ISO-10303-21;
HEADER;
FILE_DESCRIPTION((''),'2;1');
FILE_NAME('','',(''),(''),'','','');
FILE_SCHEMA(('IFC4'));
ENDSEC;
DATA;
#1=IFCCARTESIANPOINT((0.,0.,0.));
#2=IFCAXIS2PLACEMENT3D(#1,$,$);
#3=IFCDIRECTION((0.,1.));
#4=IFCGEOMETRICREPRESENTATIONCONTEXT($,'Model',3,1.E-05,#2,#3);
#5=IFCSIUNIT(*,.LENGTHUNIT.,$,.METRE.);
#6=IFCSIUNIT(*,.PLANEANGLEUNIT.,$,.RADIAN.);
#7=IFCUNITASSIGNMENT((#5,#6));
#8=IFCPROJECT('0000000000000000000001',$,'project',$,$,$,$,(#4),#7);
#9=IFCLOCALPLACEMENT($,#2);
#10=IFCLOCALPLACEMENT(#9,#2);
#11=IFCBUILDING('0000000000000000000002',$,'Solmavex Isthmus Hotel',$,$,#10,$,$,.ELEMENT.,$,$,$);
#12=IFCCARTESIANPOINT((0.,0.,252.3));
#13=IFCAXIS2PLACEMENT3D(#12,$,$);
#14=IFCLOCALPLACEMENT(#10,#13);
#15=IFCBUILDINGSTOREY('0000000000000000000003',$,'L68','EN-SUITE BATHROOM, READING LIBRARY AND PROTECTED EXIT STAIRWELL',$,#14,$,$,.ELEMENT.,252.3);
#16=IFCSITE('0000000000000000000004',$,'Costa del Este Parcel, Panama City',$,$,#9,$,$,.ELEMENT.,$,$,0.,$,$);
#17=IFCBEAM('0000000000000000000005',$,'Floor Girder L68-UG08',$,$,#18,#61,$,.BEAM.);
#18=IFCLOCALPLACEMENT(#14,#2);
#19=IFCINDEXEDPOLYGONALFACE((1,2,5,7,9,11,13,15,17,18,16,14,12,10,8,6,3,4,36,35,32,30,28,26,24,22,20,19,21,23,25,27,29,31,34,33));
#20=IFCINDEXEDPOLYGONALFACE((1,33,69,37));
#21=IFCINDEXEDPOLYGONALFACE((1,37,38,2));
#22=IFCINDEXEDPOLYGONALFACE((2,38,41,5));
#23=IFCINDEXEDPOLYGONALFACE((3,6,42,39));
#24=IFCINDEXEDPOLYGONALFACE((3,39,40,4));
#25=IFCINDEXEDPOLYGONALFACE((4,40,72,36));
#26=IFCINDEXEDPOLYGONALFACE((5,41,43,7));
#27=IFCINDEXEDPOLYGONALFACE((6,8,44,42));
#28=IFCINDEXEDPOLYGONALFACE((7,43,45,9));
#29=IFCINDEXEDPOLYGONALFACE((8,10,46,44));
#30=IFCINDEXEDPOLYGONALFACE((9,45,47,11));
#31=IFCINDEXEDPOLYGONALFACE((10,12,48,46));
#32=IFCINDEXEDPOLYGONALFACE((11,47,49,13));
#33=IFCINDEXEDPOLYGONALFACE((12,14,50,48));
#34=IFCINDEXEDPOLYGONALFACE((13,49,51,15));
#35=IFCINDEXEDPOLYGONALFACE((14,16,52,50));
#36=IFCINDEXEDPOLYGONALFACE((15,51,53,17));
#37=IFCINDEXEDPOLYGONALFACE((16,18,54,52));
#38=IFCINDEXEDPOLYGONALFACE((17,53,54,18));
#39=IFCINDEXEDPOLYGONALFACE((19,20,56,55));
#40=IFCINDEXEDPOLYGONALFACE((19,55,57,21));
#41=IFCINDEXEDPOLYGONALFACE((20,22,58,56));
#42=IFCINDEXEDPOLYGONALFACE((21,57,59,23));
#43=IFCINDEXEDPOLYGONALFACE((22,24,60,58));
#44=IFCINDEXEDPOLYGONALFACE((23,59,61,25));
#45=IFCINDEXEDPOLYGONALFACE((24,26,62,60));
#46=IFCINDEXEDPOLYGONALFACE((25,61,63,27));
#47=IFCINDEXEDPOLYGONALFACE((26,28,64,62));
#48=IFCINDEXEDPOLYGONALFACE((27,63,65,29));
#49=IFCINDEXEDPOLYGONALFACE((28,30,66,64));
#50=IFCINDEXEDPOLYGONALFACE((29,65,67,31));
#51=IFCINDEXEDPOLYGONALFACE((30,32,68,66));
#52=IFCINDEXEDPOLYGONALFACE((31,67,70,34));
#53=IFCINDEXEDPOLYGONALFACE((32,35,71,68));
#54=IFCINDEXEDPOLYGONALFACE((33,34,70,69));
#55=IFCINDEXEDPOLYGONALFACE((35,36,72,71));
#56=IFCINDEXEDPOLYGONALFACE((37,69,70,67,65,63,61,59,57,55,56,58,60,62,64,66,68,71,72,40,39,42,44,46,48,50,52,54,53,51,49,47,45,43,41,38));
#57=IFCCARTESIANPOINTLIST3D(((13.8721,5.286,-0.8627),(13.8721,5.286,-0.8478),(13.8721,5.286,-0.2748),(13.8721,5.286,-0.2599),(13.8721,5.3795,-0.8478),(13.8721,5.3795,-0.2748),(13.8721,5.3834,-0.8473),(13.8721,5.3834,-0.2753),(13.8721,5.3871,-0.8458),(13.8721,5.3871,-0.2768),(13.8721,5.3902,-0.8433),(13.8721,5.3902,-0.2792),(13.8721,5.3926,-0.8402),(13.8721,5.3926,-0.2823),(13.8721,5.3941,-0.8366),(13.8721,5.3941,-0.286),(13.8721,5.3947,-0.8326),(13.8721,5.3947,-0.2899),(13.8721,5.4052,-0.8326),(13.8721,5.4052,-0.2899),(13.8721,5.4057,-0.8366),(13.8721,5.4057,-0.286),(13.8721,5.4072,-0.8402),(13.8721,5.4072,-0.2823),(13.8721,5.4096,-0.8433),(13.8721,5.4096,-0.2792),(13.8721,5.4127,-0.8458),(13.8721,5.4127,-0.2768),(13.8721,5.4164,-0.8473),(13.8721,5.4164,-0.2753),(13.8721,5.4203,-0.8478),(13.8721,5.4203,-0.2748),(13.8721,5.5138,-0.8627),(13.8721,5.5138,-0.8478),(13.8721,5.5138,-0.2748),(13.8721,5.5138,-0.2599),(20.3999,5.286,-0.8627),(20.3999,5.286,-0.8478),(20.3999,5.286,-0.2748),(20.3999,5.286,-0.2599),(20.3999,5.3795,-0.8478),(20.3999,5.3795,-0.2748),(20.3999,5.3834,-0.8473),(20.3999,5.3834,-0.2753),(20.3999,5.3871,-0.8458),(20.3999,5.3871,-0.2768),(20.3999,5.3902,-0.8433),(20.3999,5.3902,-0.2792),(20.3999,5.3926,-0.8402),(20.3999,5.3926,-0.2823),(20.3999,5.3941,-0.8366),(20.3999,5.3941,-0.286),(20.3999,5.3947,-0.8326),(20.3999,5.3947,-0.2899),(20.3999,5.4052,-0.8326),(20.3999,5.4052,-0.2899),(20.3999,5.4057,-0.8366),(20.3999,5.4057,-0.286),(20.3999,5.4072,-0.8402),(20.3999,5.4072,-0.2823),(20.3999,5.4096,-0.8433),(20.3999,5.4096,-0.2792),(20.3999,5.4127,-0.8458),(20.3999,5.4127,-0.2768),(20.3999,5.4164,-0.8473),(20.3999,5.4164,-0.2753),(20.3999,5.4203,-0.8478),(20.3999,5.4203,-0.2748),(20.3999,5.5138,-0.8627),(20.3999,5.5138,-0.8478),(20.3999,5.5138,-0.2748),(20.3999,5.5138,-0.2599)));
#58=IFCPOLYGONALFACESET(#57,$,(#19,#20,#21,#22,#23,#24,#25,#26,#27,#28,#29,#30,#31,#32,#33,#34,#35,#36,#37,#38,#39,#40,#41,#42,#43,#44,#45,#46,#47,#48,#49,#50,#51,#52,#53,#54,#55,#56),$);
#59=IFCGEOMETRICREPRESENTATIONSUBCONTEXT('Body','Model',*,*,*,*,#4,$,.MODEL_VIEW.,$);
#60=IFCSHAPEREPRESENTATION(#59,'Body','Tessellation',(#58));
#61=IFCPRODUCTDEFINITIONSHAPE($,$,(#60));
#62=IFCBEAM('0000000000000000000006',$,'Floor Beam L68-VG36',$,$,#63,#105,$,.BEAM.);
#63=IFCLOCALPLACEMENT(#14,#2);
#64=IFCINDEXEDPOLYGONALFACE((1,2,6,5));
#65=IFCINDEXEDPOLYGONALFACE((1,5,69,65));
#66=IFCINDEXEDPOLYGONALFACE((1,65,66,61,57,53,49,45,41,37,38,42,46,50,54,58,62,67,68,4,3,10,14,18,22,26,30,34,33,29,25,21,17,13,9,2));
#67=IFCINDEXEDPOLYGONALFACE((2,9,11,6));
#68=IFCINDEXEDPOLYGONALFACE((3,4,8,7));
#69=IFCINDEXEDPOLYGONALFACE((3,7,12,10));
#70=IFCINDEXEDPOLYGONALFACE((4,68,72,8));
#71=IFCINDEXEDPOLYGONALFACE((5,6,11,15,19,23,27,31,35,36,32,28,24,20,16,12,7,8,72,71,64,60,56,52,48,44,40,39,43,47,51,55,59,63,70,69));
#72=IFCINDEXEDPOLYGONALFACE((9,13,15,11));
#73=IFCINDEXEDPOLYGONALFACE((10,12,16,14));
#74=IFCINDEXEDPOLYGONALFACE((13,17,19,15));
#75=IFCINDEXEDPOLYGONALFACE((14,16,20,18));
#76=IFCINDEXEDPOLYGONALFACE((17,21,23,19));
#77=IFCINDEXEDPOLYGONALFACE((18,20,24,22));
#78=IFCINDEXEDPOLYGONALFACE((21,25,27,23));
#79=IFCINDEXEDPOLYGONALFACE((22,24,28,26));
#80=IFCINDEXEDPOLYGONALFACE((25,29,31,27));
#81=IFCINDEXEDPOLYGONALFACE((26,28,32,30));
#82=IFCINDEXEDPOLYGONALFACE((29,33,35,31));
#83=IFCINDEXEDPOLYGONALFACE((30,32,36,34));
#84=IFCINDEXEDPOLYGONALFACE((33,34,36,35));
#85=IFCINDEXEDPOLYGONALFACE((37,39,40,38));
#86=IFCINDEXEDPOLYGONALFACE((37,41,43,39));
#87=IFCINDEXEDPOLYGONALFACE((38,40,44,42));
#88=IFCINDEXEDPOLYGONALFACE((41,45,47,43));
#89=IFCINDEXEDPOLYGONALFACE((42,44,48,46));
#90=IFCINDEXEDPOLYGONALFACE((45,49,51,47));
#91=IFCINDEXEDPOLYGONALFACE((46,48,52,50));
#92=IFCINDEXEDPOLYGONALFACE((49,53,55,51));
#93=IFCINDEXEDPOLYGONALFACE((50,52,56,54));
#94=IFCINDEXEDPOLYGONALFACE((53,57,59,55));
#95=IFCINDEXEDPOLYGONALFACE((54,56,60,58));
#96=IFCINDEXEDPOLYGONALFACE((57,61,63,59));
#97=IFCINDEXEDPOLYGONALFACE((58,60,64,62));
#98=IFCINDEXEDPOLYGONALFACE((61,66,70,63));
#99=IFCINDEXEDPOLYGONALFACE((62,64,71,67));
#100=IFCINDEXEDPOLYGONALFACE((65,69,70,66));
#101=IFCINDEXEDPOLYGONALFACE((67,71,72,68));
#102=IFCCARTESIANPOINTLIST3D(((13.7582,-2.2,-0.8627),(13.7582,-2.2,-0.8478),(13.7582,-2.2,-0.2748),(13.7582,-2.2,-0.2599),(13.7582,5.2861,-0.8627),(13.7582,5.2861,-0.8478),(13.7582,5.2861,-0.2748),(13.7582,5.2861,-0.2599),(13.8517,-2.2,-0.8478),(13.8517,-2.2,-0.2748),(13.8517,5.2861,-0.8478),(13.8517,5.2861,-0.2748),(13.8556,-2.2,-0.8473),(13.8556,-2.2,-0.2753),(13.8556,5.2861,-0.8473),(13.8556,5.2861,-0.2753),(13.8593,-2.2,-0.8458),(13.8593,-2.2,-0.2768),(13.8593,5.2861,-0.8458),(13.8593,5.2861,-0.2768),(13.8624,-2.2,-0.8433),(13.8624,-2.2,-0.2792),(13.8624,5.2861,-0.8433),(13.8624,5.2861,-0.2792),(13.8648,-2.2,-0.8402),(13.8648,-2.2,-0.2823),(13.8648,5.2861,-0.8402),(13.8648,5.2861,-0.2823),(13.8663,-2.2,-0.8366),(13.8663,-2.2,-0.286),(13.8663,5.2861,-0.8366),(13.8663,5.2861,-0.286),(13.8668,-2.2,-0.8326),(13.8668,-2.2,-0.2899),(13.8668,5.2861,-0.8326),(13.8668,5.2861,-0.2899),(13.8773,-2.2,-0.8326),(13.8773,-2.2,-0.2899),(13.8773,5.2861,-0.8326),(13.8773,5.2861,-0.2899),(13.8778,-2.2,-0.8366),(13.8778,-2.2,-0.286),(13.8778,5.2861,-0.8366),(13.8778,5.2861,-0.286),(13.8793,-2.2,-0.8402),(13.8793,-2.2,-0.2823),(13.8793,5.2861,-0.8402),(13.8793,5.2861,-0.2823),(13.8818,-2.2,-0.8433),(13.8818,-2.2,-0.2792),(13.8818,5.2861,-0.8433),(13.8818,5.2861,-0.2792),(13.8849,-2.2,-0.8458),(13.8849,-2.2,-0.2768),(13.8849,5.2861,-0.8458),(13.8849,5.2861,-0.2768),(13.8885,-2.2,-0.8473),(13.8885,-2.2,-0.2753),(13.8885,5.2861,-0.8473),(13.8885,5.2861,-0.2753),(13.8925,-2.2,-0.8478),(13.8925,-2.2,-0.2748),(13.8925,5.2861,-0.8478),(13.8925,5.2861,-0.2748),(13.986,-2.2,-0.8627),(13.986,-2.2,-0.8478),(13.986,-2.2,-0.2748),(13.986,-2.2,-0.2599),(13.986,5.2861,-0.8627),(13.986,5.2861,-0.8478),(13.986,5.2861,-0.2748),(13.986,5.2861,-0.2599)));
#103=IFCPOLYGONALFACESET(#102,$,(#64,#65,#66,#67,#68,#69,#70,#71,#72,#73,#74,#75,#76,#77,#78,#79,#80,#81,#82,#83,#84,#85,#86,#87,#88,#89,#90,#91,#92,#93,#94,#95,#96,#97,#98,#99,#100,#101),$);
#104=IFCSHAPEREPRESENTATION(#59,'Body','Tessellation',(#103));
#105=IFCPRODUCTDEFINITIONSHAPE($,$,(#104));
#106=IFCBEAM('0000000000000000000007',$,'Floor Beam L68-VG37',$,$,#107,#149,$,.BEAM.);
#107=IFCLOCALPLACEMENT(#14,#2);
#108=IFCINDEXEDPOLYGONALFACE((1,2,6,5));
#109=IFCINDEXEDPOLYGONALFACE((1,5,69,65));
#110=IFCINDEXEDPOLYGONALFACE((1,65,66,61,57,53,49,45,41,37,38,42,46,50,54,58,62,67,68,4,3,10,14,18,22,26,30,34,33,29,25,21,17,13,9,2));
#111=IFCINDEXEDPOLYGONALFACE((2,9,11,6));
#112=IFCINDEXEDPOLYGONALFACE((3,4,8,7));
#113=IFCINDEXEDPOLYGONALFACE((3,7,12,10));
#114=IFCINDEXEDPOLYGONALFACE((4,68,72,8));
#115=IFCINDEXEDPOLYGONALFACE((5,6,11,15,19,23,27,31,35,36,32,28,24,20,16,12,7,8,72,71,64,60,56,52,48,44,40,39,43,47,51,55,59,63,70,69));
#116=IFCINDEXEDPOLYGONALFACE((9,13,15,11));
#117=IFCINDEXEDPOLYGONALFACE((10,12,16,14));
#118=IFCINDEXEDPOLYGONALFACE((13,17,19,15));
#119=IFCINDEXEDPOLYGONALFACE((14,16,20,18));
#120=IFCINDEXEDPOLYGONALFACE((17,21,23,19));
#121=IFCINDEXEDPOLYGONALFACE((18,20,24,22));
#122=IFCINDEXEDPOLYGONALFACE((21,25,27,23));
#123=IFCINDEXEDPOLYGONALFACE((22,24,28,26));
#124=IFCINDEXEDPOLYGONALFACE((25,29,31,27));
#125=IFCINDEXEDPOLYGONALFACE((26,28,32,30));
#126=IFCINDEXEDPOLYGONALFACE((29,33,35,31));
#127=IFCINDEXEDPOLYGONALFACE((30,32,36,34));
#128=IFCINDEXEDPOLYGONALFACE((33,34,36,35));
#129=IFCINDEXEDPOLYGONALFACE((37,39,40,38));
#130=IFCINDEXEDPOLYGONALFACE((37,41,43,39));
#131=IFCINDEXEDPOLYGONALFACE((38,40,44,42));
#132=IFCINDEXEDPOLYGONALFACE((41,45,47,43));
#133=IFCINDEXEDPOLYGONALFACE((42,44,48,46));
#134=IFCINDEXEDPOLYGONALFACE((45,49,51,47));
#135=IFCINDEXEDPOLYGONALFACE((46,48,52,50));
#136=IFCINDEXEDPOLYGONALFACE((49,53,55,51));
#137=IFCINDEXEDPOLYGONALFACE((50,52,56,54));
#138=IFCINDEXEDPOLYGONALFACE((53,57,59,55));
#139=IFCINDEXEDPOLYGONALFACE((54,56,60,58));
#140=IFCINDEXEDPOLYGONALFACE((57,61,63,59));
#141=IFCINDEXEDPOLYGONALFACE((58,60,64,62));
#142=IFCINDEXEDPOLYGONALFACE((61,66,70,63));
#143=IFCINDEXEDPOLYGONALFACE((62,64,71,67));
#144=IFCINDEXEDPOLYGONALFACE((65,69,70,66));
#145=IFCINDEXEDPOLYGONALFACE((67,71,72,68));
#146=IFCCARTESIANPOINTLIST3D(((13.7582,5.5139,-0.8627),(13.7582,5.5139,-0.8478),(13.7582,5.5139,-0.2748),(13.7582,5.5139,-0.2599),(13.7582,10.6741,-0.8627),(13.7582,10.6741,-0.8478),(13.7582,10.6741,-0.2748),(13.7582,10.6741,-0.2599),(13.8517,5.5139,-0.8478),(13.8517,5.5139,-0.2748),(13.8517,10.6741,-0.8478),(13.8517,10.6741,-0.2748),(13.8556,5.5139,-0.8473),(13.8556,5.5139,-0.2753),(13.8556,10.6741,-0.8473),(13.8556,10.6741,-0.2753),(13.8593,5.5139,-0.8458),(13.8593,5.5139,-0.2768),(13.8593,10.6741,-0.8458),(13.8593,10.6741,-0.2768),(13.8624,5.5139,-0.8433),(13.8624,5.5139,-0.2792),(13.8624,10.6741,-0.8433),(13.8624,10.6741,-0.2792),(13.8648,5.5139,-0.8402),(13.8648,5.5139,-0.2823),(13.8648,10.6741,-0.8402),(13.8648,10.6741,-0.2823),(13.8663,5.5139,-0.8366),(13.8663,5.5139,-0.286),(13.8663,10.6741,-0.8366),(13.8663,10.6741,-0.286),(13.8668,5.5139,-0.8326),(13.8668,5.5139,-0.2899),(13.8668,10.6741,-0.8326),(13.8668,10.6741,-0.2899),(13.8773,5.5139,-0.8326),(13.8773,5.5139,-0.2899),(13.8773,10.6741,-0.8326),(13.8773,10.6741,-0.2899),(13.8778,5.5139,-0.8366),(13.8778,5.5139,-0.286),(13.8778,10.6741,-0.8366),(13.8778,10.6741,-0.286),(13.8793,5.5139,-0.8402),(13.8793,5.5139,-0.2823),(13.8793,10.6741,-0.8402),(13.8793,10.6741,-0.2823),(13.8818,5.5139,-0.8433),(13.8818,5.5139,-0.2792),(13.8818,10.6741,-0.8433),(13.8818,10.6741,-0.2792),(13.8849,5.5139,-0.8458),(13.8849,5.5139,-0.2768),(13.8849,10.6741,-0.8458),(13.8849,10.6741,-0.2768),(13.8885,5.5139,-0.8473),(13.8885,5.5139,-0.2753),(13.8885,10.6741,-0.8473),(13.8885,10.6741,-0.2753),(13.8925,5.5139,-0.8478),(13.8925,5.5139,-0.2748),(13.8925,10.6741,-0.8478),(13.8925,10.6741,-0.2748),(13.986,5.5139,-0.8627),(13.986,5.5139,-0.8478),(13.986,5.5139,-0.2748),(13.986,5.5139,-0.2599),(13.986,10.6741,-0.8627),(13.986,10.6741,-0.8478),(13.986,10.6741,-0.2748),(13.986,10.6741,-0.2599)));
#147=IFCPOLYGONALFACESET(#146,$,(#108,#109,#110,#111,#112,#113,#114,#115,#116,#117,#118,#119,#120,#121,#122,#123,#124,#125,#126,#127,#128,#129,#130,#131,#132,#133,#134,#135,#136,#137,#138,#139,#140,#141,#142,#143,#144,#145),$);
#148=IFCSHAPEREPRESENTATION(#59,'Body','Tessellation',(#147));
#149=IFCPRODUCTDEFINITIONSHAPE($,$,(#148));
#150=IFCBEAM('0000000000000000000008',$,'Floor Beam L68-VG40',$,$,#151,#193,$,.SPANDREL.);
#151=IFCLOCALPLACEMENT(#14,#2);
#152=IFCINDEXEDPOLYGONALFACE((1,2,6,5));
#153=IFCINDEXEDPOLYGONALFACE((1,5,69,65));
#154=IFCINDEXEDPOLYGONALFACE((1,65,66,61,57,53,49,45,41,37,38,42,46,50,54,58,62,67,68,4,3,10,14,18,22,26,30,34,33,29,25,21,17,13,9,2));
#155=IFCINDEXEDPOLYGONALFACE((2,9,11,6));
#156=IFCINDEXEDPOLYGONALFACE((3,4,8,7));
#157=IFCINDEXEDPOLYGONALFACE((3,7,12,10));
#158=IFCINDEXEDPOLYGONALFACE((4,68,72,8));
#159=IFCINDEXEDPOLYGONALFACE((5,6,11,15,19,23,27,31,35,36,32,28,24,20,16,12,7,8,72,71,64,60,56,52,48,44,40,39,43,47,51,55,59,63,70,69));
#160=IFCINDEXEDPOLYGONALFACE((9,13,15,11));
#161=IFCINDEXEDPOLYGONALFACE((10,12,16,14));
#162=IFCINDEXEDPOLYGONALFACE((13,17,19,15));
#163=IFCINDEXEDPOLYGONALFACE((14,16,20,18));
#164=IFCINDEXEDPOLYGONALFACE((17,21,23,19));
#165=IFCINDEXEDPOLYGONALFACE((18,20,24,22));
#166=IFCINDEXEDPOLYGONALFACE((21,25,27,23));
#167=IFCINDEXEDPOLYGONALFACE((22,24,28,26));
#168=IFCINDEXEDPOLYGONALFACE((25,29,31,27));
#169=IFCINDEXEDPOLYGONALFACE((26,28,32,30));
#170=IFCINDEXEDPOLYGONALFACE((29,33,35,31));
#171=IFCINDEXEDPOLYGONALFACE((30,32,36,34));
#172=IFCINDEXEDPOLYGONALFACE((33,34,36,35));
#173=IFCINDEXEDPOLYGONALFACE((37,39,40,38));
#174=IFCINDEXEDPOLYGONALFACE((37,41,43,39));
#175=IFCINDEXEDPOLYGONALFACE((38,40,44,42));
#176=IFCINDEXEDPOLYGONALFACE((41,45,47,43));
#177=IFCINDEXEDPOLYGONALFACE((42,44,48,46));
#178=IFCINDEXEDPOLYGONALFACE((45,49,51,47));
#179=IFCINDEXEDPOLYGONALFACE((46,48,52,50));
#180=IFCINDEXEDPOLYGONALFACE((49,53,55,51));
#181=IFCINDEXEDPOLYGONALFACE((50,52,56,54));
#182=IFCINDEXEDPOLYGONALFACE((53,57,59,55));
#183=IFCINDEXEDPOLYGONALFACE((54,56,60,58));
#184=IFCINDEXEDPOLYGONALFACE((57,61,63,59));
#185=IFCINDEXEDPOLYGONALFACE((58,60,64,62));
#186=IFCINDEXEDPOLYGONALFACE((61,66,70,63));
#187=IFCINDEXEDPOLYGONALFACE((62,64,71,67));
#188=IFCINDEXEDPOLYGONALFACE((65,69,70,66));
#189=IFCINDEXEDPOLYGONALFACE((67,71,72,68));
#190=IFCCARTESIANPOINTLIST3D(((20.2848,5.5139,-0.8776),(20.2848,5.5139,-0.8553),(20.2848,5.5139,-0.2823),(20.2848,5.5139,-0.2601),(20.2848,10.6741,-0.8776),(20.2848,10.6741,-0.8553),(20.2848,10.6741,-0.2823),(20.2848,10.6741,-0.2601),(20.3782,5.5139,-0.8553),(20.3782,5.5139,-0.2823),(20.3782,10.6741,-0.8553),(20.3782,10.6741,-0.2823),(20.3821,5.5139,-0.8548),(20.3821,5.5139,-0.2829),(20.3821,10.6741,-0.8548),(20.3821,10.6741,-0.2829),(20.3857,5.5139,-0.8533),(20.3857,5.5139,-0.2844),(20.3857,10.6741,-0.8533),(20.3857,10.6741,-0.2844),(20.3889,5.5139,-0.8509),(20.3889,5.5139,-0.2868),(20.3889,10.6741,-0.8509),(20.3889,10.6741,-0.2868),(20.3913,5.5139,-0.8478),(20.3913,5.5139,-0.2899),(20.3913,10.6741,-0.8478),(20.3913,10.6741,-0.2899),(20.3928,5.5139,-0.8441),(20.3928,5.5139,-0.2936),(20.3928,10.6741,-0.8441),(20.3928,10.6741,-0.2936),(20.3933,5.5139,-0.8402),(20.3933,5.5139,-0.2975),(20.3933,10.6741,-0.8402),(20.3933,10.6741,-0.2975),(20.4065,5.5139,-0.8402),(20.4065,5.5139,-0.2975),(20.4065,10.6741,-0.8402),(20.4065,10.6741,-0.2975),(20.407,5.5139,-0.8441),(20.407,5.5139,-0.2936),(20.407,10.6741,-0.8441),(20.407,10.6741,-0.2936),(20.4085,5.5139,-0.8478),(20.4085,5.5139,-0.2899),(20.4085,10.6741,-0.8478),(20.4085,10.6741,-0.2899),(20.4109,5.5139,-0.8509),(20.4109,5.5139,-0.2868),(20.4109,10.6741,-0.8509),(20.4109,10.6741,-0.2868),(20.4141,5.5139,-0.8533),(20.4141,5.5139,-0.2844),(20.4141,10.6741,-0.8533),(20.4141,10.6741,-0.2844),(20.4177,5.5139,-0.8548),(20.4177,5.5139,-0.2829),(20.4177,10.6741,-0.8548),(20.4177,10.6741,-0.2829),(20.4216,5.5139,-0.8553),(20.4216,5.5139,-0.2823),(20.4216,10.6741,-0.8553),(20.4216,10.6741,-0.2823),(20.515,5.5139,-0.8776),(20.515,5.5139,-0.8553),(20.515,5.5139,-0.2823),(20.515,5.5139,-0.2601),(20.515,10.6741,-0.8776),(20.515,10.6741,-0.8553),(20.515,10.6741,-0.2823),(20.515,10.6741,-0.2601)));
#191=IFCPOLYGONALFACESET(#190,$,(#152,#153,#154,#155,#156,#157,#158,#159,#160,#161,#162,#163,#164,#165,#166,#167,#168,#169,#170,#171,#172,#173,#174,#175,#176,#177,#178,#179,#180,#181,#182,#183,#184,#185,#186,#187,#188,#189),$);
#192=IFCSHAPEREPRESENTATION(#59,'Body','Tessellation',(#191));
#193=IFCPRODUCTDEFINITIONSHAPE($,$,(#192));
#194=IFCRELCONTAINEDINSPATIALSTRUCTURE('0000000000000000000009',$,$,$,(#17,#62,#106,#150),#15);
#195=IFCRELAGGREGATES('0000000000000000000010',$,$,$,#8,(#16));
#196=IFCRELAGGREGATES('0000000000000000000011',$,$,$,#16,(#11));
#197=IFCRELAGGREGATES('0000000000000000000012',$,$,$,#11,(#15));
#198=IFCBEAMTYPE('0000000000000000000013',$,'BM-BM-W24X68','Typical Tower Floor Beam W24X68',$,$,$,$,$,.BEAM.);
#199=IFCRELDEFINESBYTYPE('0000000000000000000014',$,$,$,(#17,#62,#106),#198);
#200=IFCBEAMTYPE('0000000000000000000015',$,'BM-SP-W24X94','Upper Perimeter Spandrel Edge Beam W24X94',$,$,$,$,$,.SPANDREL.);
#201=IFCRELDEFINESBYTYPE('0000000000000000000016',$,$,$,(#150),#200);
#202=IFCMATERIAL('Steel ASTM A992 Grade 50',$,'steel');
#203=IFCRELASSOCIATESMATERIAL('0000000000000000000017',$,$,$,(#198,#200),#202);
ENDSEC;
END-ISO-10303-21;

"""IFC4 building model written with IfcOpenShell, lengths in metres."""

from ifc_helpers import new_model, si_unit, direction, frame, origin, origin_2d, place, context, subcontext, project, spatial, i_section, extrude, material, material_profile, profile_set, type_object, element, save


model = new_model("IFC4")

# Units and contexts
model_context = context("Model", 3, precision=1e-05, world=origin(), true_north=direction((0.0, 1.0)))
body_context = subcontext(model_context, "Body", "Model", "MODEL_VIEW")
ifc_project = project(units=[si_unit("LENGTHUNIT", "METRE"), si_unit("PLANEANGLEUNIT", "RADIAN")], contexts=[model_context])

# Site, building, storey
site_placement = place(None, origin())
site = spatial("IfcSite", under=ifc_project, at=site_placement, Name="Costa del Este Parcel, Panama City", CompositionType="ELEMENT", RefElevation=0.0)
building_placement = place(site_placement, origin())
building = spatial("IfcBuilding", under=site, at=building_placement, Name="Solmavex Isthmus Hotel", CompositionType="ELEMENT")
storey_placement = place(building_placement, frame((0.0, 0.0, 252.3)))
storey = spatial("IfcBuildingStorey", under=building, at=storey_placement, Name="L68", Description="EN-SUITE BATHROOM, READING LIBRARY AND PROTECTED EXIT STAIRWELL", CompositionType="ELEMENT", Elevation=252.3)

# Beams
ifc_material_1 = material(Name="Steel ASTM A992 Grade 50", Category="steel")
ifc_material_profile_1 = material_profile(ifc_material_1, i_section(OverallWidth=0.2278, OverallDepth=0.6028, WebThickness=0.0105, FlangeThickness=0.0149, FilletRadius=0.0151, at=origin_2d()), Name="W24X68")
ifc_profile_set_1 = profile_set([ifc_material_profile_1], Name="Steel ASTM A992 Grade 50")
beam_type_1 = type_object("IfcBeamType", Name="BM-BM-W24X68", Description="Typical Tower Floor Beam W24X68", PredefinedType="BEAM", material=ifc_profile_set_1)
beam_1_placement = place(storey_placement, frame((13.8721, 5.3999, -0.5613), z_axis=(1.0, 0.0, 0.0), x_axis=(0.0, 1.0, 0.0)))
element("IfcBeam", 1, at=beam_1_placement, inside=storey, type_object=beam_type_1, Name="Floor Girder L68-UG08", PredefinedType="BEAM", context=body_context, shape_type="SweptSolid", body=[
    extrude(i_section(OverallWidth=0.2278, OverallDepth=0.6028, WebThickness=0.0105, FlangeThickness=0.0149, FilletRadius=0.0151, at=origin_2d()), origin(), (0.0, 0.0, 1.0), 6.5278),
])
beam_2_placement = place(storey_placement, frame((13.8721, -2.2, -0.5613), z_axis=(0.0, 1.0, 0.0), x_axis=(-1.0, 0.0, 0.0)))
element("IfcBeam", 2, at=beam_2_placement, inside=storey, type_object=beam_type_1, Name="Floor Beam L68-VG36", PredefinedType="BEAM", context=body_context, shape_type="SweptSolid", body=[
    extrude(i_section(OverallWidth=0.2278, OverallDepth=0.6028, WebThickness=0.0105, FlangeThickness=0.0149, FilletRadius=0.0151, at=origin_2d()), origin(), (0.0, 0.0, 1.0), 7.4861),
])
beam_3_placement = place(storey_placement, frame((13.8721, 5.5139, -0.5613), z_axis=(0.0, 1.0, 0.0), x_axis=(-1.0, 0.0, 0.0)))
element("IfcBeam", 3, at=beam_3_placement, inside=storey, type_object=beam_type_1, Name="Floor Beam L68-VG37", PredefinedType="BEAM", context=body_context, shape_type="SweptSolid", body=[
    extrude(i_section(OverallWidth=0.2278, OverallDepth=0.6028, WebThickness=0.0105, FlangeThickness=0.0149, FilletRadius=0.0151, at=origin_2d()), origin(), (0.0, 0.0, 1.0), 5.1602),
])
ifc_material_profile_2 = material_profile(ifc_material_1, i_section(OverallWidth=0.2302, OverallDepth=0.6174, WebThickness=0.0132, FlangeThickness=0.0222, FilletRadius=0.0151, at=origin_2d()), Name="W24X94")
ifc_profile_set_2 = profile_set([ifc_material_profile_2], Name="Steel ASTM A992 Grade 50")
beam_type_2 = type_object("IfcBeamType", Name="BM-SP-W24X94", Description="Upper Perimeter Spandrel Edge Beam W24X94", PredefinedType="SPANDREL", material=ifc_profile_set_2)
beam_4_placement = place(storey_placement, frame((20.3999, 5.5139, -0.5688), z_axis=(0.0, 1.0, 0.0), x_axis=(-1.0, 0.0, 0.0)))
element("IfcBeam", 4, at=beam_4_placement, inside=storey, type_object=beam_type_2, Name="Floor Beam L68-VG40", PredefinedType="SPANDREL", context=body_context, shape_type="SweptSolid", body=[
    extrude(i_section(OverallWidth=0.2302, OverallDepth=0.6174, WebThickness=0.0132, FlangeThickness=0.0222, FilletRadius=0.0151, at=origin_2d()), origin(), (0.0, 0.0, 1.0), 5.1602),
])

save(model, "model.ifc")
